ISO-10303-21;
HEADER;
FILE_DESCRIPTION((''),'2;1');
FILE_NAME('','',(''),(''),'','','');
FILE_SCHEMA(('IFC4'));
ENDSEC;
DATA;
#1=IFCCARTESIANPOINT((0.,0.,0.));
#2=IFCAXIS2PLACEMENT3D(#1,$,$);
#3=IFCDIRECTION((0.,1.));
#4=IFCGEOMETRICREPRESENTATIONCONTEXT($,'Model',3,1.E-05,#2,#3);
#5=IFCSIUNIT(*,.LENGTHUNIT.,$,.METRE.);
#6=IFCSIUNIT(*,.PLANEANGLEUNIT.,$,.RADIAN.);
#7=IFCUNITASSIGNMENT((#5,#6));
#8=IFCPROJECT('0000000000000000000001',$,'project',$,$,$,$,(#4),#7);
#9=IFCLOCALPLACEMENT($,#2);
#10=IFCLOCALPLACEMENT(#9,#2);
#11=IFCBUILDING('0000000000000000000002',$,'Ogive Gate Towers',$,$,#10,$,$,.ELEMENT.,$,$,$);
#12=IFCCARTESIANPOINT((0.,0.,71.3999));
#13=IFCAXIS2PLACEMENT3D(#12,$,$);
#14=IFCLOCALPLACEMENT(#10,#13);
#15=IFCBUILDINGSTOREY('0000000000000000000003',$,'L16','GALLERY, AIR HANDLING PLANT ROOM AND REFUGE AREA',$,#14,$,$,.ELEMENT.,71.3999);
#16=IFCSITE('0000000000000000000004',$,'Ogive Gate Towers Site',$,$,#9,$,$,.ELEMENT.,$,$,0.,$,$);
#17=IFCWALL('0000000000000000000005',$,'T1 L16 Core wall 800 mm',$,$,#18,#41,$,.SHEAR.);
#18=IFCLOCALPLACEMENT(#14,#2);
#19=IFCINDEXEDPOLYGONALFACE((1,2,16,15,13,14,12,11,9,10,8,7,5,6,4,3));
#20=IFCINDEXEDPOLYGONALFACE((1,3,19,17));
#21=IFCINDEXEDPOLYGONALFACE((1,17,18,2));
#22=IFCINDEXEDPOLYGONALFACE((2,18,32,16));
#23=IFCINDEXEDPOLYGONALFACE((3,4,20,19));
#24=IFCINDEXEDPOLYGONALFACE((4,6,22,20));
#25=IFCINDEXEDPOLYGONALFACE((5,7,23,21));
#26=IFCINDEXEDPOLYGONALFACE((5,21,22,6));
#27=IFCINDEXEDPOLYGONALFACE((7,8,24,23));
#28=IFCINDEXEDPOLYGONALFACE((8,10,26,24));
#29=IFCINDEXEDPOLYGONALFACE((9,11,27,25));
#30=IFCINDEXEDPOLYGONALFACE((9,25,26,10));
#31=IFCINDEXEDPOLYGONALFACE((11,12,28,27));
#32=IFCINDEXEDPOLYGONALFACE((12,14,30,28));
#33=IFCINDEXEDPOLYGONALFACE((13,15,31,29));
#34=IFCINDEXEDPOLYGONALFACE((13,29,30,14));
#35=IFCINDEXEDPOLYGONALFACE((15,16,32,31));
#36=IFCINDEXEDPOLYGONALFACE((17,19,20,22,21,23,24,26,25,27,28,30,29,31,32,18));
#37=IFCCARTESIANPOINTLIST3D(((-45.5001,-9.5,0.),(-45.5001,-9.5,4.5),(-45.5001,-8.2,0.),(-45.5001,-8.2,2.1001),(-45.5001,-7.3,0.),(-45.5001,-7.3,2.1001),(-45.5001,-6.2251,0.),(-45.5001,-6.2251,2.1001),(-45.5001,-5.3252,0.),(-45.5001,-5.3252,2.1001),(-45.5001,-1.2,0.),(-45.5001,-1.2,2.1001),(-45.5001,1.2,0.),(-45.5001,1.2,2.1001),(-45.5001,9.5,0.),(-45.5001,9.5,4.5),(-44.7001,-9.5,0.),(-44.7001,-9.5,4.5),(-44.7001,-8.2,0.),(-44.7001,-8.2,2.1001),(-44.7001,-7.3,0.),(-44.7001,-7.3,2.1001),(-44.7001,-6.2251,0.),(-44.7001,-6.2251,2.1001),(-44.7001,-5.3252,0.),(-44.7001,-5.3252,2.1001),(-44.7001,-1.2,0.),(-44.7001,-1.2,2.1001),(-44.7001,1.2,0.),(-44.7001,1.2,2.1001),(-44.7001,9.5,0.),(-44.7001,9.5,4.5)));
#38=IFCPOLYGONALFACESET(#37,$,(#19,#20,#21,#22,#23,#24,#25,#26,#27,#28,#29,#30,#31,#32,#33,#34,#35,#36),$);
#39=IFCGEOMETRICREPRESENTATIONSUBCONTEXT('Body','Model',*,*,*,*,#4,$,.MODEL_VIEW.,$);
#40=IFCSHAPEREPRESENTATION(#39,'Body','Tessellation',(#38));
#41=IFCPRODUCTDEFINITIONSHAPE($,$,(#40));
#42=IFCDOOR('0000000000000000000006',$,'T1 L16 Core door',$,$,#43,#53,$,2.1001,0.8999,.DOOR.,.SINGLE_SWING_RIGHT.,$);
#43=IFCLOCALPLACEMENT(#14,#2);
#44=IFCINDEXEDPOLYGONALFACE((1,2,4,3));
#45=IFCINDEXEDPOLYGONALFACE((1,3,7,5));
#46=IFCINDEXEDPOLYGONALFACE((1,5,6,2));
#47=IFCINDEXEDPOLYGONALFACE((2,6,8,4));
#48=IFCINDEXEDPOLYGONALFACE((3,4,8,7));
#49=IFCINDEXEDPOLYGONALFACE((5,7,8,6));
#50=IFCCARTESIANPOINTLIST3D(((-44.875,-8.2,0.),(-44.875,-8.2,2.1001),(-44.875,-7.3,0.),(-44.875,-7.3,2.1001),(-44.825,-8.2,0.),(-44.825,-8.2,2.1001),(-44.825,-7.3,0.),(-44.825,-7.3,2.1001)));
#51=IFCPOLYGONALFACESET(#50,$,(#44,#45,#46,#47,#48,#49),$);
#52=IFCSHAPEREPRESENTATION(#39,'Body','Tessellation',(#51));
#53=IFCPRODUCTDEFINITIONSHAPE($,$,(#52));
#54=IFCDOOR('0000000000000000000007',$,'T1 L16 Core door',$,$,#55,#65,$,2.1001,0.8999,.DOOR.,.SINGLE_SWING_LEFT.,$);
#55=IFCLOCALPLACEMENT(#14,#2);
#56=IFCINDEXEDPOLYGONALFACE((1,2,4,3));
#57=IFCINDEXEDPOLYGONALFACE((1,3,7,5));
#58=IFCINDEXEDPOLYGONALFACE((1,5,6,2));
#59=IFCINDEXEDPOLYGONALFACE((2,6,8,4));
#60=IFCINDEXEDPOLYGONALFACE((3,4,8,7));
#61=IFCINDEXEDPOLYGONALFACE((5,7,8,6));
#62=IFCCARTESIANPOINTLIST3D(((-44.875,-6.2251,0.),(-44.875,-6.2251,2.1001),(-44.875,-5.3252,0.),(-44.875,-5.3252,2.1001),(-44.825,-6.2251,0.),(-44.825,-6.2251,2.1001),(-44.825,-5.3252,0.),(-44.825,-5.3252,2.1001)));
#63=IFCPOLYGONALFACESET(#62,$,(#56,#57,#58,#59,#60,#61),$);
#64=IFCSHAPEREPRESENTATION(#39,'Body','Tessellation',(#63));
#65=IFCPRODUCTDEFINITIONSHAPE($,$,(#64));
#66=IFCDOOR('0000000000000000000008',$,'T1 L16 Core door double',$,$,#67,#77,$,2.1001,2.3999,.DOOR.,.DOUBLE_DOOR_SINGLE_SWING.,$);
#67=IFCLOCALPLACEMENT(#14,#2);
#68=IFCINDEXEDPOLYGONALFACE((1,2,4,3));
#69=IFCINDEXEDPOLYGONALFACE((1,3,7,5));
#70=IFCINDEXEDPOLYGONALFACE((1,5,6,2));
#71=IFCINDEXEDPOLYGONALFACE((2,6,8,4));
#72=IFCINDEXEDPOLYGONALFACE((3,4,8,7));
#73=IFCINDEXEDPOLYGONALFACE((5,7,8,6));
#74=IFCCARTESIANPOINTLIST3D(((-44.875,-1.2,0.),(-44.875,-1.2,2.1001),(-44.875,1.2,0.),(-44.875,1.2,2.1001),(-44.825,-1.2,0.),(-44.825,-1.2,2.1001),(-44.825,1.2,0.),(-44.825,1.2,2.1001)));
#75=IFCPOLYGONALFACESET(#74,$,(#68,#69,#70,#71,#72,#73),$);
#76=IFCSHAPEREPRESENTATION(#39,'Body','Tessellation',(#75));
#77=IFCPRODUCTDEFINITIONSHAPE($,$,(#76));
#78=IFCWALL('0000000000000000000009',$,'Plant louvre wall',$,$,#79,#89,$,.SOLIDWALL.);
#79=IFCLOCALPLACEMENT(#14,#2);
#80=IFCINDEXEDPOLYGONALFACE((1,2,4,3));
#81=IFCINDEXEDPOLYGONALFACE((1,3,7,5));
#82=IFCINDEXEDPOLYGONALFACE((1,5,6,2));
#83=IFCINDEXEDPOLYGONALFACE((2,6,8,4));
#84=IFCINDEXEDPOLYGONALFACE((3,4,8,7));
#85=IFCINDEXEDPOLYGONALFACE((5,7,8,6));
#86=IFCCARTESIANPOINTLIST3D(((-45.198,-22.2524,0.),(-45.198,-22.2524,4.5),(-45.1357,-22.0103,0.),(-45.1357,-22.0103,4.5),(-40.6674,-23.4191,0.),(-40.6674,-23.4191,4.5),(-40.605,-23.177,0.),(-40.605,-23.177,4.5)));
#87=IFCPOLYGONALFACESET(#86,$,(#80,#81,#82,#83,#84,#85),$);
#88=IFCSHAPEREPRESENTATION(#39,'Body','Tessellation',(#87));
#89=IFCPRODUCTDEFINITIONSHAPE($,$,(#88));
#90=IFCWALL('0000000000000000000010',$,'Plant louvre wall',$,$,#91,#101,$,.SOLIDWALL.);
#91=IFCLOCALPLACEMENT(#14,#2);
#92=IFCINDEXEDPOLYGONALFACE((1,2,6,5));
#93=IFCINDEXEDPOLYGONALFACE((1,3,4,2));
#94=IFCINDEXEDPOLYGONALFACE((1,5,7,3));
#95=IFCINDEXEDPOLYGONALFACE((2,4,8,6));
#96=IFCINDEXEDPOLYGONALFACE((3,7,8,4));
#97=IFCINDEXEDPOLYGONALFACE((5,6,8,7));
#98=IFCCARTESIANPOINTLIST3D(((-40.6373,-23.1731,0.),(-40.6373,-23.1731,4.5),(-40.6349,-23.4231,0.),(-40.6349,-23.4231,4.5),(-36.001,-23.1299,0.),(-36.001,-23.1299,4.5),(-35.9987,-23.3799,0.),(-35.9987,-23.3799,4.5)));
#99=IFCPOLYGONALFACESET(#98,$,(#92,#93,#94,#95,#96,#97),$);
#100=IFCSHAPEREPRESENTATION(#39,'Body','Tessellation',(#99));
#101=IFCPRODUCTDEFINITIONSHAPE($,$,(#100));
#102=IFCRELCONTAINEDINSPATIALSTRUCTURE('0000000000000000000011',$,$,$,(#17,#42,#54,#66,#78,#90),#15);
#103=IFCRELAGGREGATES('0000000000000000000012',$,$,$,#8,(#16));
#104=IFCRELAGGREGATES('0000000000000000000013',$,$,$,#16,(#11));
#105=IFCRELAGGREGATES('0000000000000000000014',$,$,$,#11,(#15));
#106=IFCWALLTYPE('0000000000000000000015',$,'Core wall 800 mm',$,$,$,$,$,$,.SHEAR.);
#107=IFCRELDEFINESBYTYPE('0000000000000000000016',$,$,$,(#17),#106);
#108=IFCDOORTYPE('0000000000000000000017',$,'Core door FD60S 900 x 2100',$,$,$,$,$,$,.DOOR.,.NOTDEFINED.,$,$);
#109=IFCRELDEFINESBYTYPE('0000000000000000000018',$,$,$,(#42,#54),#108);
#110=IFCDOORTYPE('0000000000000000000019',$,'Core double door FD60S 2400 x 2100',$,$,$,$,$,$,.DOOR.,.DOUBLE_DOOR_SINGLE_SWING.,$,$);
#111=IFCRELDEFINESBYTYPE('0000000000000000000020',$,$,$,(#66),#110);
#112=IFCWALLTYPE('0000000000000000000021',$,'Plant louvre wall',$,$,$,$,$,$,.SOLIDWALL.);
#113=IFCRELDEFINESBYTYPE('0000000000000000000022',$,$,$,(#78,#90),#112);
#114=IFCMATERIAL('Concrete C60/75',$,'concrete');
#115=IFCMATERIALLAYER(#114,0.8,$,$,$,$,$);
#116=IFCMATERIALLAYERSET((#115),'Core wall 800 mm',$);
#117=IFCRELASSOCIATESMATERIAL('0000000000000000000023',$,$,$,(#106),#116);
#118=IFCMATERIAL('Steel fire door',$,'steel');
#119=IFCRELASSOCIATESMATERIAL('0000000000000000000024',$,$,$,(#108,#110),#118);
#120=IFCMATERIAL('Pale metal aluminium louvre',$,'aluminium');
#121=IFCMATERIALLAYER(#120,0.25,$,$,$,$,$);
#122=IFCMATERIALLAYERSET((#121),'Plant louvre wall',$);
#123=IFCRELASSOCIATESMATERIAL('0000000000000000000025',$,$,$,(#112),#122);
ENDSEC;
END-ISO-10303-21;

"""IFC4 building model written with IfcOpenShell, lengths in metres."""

from ifc_helpers import new_model, si_unit, direction, frame, frame_2d, origin, place, context, subcontext, project, spatial, rectangle, extrude, material, layer, layer_set, type_object, element, fill, save


model = new_model("IFC4")

# Units and contexts
model_context = context("Model", 3, precision=1e-05, world=origin(), true_north=direction((0.0, 1.0)))
body_context = subcontext(model_context, "Body", "Model", "MODEL_VIEW")
ifc_project = project(units=[si_unit("LENGTHUNIT", "METRE"), si_unit("PLANEANGLEUNIT", "RADIAN")], contexts=[model_context])

# Site, building, storey
site_placement = place(None, origin())
site = spatial("IfcSite", under=ifc_project, at=site_placement, Name="Ogive Gate Towers Site", CompositionType="ELEMENT", RefElevation=0.0)
building_placement = place(site_placement, origin())
building = spatial("IfcBuilding", under=site, at=building_placement, Name="Ogive Gate Towers", CompositionType="ELEMENT")
storey_placement = place(building_placement, frame((0.0, 0.0, 71.3999)))
storey = spatial("IfcBuildingStorey", under=building, at=storey_placement, Name="L16", Description="GALLERY, AIR HANDLING PLANT ROOM AND REFUGE AREA", CompositionType="ELEMENT", Elevation=71.3999)

# Shared definitions
ifc_material_1 = material(Name="Steel fire door", Category="steel")

# Wall, openings, doors
ifc_material_2 = material(Name="Concrete C60/75", Category="concrete")
ifc_layer_1 = layer(ifc_material_2, 0.8)
ifc_layer_set_1 = layer_set([ifc_layer_1], Name="Core wall 800 mm")
wall_type_1 = type_object("IfcWallType", Name="Core wall 800 mm", PredefinedType="SHEAR", material=ifc_layer_set_1)
wall_1_placement = place(storey_placement, frame((-45.1001, -9.5, 0.0), z_axis=(0.0, 0.0, 1.0), x_axis=(0.0, 1.0, 0.0)))
wall_1 = element("IfcWall", 1, at=wall_1_placement, inside=storey, type_object=wall_type_1, Name="T1 L16 Core wall 800 mm", PredefinedType="SHEAR", context=body_context, shape_type="SweptSolid", body=[
    extrude(rectangle(XDim=19.0, YDim=0.8, at=frame_2d((9.5, 0.0))), origin(), (0.0, 0.0, 1.0), 4.5),
])
opening_1_placement = place(wall_1_placement, frame((8.3, 0.0, 0.0)))
opening_1 = element("IfcOpeningElement", 2, at=opening_1_placement, cuts=wall_1, PredefinedType="OPENING", context=body_context, shape_type="SweptSolid", body=[
    extrude(rectangle(XDim=2.3999, YDim=2.1001, at=frame_2d((1.2, 1.05))), frame((0.0, 0.4102, 0.0), z_axis=(0.0, -1.0, 0.0), x_axis=(1.0, 0.0, 0.0)), (0.0, 0.0, 1.0), 0.8201),
])
opening_2_placement = place(wall_1_placement, frame((1.3, 0.0, 0.0)))
opening_2 = element("IfcOpeningElement", 3, at=opening_2_placement, cuts=wall_1, PredefinedType="OPENING", context=body_context, shape_type="SweptSolid", body=[
    extrude(rectangle(XDim=0.8999, YDim=2.1001, at=frame_2d((0.45, 1.05))), frame((0.0, 0.4102, 0.0), z_axis=(0.0, -1.0, 0.0), x_axis=(1.0, 0.0, 0.0)), (0.0, 0.0, 1.0), 0.8201),
])
opening_3_placement = place(wall_1_placement, frame((3.2749, 0.0, 0.0)))
opening_3 = element("IfcOpeningElement", 4, at=opening_3_placement, cuts=wall_1, PredefinedType="OPENING", context=body_context, shape_type="SweptSolid", body=[
    extrude(rectangle(XDim=0.8999, YDim=2.1001, at=frame_2d((0.45, 1.05))), frame((0.0, 0.4102, 0.0), z_axis=(0.0, -1.0, 0.0), x_axis=(1.0, 0.0, 0.0)), (0.0, 0.0, 1.0), 0.8201),
])
door_type_1 = type_object("IfcDoorType", Name="Core door FD60S 900 x 2100", OperationType="NOTDEFINED", PredefinedType="DOOR", material=ifc_material_1)
door_1_placement = place(opening_2_placement, origin())
door_1 = element("IfcDoor", 5, at=door_1_placement, inside=storey, type_object=door_type_1, Name="T1 L16 Core door", OperationType="SINGLE_SWING_RIGHT", OverallHeight=2.1001, OverallWidth=0.8999, PredefinedType="DOOR", context=body_context, shape_type="SweptSolid", body=[
    extrude(rectangle(XDim=0.8999, YDim=2.1001, at=frame_2d((0.45, 1.05))), frame((0.0, -0.2251, 0.0), z_axis=(0.0, -1.0, 0.0), x_axis=(1.0, 0.0, 0.0)), (0.0, 0.0, 1.0), 0.05),
])
fill(opening_2, door_1)
door_2_placement = place(opening_3_placement, origin())
door_2 = element("IfcDoor", 6, at=door_2_placement, inside=storey, type_object=door_type_1, Name="T1 L16 Core door", OperationType="SINGLE_SWING_LEFT", OverallHeight=2.1001, OverallWidth=0.8999, PredefinedType="DOOR", context=body_context, shape_type="SweptSolid", body=[
    extrude(rectangle(XDim=0.8999, YDim=2.1001, at=frame_2d((0.45, 1.05))), frame((0.0, -0.2251, 0.0), z_axis=(0.0, -1.0, 0.0), x_axis=(1.0, 0.0, 0.0)), (0.0, 0.0, 1.0), 0.05),
])
fill(opening_3, door_2)
door_type_2 = type_object("IfcDoorType", Name="Core double door FD60S 2400 x 2100", OperationType="DOUBLE_DOOR_SINGLE_SWING", PredefinedType="DOOR", material=ifc_material_1)
door_3_placement = place(opening_1_placement, origin())
door_3 = element("IfcDoor", 7, at=door_3_placement, inside=storey, type_object=door_type_2, Name="T1 L16 Core door double", OperationType="DOUBLE_DOOR_SINGLE_SWING", OverallHeight=2.1001, OverallWidth=2.3999, PredefinedType="DOOR", context=body_context, shape_type="SweptSolid", body=[
    extrude(rectangle(XDim=2.3999, YDim=2.1001, at=frame_2d((1.2, 1.05))), frame((0.0, -0.2251, 0.0), z_axis=(0.0, -1.0, 0.0), x_axis=(1.0, 0.0, 0.0)), (0.0, 0.0, 1.0), 0.05),
])
fill(opening_1, door_3)

# Walls
ifc_material_3 = material(Name="Pale metal aluminium louvre", Category="aluminium")
ifc_layer_2 = layer(ifc_material_3, 0.25)
ifc_layer_set_2 = layer_set([ifc_layer_2], Name="Plant louvre wall")
wall_type_2 = type_object("IfcWallType", Name="Plant louvre wall", PredefinedType="SOLIDWALL", material=ifc_layer_set_2)
wall_2_placement = place(storey_placement, frame((-45.167, -22.1313, 0.0), z_axis=(0.0, 0.0, 1.0), x_axis=(0.968405, -0.249381, 0.0)))
element("IfcWall", 8, at=wall_2_placement, inside=storey, type_object=wall_type_2, Name="Plant louvre wall", PredefinedType="SOLIDWALL", context=body_context, shape_type="SweptSolid", body=[
    extrude(rectangle(XDim=4.6785, YDim=0.25, at=frame_2d((2.3394, 0.0))), origin(), (0.0, 0.0, 1.0), 4.5),
])
wall_3_placement = place(storey_placement, frame((-40.6362, -23.2981, 0.0), z_axis=(0.0, 0.0, 1.0), x_axis=(0.999957, 0.00932, 0.0)))
element("IfcWall", 9, at=wall_3_placement, inside=storey, type_object=wall_type_2, Name="Plant louvre wall", PredefinedType="SOLIDWALL", context=body_context, shape_type="SweptSolid", body=[
    extrude(rectangle(XDim=4.6365, YDim=0.25, at=frame_2d((2.3184, 0.0))), origin(), (0.0, 0.0, 1.0), 4.5),
])

save(model, "model.ifc")
